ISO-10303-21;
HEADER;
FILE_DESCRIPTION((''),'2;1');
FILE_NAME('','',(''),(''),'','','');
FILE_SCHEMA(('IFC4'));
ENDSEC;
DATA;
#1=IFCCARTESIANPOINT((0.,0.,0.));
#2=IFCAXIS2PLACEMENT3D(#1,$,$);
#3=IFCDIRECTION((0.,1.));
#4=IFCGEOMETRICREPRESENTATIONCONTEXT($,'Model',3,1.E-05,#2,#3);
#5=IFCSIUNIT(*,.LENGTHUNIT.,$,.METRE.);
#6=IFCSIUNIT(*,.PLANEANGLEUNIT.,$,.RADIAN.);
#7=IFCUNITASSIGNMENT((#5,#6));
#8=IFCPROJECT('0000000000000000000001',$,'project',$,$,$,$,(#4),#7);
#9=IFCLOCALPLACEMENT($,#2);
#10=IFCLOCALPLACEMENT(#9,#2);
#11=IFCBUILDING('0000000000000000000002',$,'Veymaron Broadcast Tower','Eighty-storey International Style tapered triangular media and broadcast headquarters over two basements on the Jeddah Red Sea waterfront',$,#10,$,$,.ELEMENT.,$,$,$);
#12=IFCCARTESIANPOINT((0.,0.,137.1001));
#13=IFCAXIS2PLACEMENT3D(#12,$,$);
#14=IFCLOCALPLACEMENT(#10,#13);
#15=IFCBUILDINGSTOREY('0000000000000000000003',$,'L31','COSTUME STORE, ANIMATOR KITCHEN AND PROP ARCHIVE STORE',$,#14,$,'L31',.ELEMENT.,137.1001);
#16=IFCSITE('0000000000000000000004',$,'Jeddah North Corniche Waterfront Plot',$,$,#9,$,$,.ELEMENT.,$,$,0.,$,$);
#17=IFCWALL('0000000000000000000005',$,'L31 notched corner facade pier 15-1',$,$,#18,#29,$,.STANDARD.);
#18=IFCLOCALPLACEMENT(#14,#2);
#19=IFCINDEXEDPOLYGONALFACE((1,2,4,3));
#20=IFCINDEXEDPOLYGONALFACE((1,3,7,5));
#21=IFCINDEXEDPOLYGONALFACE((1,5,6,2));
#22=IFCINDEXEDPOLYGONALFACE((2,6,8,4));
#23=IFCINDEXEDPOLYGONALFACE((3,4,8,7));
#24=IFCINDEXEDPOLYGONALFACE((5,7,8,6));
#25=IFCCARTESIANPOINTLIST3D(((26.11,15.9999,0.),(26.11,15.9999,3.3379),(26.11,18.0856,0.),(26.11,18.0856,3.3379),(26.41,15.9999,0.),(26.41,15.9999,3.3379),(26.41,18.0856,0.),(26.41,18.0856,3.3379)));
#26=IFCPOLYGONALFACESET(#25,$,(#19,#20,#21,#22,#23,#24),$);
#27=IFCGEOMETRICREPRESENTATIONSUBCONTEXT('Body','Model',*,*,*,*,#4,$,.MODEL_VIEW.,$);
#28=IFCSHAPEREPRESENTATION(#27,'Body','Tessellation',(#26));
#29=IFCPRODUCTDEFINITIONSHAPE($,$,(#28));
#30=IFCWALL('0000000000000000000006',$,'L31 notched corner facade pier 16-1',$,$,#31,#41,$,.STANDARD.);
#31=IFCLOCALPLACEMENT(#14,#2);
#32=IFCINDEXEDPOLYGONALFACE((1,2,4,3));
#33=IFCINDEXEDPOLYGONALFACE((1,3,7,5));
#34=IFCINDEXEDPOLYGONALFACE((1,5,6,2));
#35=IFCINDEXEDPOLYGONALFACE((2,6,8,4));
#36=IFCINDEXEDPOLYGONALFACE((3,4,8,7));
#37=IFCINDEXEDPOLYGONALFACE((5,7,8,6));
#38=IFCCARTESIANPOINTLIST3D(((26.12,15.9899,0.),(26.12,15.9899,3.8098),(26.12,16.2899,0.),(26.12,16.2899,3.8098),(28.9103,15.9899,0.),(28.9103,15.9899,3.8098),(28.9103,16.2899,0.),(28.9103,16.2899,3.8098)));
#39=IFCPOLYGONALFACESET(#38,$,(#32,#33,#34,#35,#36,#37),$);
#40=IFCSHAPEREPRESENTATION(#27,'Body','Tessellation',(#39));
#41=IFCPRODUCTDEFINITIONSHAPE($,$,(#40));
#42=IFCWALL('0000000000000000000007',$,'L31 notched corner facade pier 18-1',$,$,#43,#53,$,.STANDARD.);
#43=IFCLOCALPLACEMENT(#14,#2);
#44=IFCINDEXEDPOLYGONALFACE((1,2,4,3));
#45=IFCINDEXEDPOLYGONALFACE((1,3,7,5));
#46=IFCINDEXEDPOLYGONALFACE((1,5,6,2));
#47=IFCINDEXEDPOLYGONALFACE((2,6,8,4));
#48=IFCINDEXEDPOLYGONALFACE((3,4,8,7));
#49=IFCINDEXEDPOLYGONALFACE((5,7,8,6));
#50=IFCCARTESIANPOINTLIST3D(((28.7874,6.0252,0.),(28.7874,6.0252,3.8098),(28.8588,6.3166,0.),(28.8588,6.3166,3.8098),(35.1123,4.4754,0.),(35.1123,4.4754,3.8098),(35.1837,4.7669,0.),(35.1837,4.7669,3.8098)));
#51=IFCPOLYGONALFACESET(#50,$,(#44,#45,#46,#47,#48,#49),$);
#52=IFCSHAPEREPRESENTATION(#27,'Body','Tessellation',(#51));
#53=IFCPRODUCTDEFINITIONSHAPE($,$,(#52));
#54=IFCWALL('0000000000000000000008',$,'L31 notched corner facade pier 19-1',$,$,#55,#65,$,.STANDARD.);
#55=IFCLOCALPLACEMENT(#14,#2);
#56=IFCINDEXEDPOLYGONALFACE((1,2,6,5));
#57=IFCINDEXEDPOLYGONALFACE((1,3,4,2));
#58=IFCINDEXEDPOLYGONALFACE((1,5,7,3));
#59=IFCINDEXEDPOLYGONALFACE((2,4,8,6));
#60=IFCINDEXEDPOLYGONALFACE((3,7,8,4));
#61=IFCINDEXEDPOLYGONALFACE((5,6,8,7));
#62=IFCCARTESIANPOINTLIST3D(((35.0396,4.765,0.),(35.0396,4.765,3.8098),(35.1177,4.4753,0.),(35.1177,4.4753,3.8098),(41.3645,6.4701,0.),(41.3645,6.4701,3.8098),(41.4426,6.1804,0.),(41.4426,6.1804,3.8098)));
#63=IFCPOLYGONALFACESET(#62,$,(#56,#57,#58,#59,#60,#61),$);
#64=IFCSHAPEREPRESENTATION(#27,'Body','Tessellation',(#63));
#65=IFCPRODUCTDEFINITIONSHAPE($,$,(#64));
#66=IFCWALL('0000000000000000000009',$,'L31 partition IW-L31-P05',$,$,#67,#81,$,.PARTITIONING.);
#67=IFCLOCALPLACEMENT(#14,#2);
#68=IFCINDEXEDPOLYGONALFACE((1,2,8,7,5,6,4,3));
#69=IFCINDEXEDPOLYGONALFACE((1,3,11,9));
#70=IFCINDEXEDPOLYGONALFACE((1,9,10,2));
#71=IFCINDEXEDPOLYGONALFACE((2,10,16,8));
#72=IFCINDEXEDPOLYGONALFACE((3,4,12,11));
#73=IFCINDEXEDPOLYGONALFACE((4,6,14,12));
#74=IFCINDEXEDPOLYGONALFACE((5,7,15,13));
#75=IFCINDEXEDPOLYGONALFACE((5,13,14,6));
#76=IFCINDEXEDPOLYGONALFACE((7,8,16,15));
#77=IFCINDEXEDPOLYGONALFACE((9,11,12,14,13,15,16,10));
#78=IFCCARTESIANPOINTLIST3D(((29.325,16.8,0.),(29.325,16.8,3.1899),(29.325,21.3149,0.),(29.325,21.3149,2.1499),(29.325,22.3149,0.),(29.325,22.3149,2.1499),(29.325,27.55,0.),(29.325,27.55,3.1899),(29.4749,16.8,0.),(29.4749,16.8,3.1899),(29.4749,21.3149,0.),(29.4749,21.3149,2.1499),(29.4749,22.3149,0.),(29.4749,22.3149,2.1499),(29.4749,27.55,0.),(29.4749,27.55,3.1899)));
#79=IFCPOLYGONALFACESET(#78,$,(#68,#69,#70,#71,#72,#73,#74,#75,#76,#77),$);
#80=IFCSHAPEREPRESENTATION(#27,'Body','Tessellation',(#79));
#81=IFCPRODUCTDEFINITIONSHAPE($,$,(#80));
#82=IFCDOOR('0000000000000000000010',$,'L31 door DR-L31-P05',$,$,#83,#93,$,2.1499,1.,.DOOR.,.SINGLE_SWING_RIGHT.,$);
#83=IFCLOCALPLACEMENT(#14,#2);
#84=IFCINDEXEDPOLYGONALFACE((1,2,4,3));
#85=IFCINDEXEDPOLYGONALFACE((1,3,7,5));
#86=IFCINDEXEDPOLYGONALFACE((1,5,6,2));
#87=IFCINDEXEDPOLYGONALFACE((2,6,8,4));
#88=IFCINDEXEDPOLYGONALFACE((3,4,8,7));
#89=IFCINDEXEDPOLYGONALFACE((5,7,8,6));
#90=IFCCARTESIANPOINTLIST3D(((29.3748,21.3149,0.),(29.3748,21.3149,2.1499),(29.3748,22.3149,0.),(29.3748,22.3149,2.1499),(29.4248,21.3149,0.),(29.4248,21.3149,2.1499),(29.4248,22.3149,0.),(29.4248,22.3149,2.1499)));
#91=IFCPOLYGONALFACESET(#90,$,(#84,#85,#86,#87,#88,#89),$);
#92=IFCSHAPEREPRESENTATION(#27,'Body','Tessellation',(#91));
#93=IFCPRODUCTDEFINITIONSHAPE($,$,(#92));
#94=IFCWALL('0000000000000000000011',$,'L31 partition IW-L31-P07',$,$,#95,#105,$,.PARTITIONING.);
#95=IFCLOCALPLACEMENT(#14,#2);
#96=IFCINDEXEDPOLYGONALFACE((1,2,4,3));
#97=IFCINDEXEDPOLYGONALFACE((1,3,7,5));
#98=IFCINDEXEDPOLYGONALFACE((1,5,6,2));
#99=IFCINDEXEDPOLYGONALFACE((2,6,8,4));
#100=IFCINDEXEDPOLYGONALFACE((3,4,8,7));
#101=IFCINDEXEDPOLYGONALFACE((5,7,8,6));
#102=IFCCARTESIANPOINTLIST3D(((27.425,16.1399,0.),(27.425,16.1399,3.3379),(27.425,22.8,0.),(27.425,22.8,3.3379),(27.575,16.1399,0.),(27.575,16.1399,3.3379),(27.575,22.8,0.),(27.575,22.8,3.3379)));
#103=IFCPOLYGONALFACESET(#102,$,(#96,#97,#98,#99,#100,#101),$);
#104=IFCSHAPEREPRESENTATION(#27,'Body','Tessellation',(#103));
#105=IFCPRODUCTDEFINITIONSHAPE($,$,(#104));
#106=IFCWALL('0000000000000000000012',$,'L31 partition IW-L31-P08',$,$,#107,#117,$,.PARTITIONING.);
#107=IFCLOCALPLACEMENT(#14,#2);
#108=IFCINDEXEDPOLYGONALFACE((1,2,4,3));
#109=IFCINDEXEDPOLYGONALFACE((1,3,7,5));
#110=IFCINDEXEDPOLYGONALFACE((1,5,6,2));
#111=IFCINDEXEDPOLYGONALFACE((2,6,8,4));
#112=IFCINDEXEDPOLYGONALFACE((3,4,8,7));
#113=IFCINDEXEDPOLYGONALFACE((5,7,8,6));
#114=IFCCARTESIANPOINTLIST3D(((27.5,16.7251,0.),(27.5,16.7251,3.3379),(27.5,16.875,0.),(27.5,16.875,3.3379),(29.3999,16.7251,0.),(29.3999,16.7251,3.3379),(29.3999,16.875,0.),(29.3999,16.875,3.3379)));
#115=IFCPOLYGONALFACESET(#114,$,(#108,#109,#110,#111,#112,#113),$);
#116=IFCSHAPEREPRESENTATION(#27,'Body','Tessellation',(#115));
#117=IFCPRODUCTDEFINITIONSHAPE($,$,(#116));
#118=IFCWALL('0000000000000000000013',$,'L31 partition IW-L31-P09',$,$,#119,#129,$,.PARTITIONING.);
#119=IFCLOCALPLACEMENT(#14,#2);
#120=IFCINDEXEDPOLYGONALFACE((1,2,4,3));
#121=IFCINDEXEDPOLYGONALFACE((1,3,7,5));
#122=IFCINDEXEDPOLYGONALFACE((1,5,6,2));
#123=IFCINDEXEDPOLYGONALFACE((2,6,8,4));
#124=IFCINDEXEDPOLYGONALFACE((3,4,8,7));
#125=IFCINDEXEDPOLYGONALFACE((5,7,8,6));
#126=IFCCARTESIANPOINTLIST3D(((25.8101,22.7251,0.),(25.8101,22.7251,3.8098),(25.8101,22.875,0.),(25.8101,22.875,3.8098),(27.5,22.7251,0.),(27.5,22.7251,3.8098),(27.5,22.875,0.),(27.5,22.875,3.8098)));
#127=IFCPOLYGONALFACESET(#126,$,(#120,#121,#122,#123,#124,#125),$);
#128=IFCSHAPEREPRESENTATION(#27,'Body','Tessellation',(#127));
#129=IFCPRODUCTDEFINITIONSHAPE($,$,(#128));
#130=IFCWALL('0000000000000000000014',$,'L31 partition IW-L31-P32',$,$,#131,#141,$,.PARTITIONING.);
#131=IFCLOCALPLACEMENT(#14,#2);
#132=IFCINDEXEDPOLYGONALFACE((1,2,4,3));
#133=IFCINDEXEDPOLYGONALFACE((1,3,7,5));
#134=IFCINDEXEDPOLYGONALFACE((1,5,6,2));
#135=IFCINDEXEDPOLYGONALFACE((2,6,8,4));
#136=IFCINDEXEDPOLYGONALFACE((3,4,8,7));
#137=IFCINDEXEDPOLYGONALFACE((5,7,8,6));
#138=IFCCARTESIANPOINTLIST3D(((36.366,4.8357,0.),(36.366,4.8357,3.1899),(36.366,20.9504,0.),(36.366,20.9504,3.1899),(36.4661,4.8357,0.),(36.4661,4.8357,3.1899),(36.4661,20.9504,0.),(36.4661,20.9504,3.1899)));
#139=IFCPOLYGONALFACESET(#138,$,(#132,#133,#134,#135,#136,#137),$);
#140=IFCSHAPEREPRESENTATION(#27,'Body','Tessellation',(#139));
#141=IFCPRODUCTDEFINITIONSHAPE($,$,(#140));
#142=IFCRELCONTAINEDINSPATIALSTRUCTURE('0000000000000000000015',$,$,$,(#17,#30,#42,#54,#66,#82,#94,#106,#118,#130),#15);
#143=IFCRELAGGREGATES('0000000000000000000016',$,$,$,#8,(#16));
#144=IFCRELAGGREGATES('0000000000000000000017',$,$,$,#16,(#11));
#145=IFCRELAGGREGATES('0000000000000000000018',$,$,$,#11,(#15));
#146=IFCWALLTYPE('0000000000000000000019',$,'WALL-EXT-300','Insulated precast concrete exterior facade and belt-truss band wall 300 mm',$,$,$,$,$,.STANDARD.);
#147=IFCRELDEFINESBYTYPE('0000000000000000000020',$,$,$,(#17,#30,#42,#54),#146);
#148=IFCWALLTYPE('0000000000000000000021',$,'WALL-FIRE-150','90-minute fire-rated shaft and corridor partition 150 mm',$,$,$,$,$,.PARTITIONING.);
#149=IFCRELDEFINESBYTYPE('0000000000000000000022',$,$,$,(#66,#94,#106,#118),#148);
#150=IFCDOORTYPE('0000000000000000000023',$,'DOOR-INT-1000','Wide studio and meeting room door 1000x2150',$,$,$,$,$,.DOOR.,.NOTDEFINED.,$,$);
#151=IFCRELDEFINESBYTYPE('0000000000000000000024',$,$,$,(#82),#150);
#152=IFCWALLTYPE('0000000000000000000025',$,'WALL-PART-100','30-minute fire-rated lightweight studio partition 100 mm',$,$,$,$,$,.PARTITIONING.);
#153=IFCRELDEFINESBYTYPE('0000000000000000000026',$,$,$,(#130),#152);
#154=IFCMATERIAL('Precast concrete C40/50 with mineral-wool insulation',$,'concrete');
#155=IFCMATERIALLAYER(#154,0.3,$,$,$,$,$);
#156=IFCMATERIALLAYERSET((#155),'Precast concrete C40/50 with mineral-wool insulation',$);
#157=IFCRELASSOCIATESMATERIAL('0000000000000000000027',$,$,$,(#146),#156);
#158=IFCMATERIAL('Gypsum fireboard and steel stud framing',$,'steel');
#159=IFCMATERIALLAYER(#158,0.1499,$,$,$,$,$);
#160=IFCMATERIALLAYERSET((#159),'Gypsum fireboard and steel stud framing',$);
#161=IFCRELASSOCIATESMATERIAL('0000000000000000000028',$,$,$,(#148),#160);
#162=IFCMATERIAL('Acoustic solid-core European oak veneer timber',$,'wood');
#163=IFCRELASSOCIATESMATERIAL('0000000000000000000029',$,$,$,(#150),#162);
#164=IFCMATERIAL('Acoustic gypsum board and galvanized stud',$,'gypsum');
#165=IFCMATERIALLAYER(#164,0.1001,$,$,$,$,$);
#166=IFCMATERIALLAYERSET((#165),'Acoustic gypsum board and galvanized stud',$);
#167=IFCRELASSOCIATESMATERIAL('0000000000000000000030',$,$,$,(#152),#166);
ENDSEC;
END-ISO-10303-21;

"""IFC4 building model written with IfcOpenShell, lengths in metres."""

from ifc_helpers import new_model, si_unit, direction, frame, frame_2d, origin, place, context, subcontext, project, spatial, rectangle, extrude, material, layer, layer_set, type_object, element, fill, save


model = new_model("IFC4")

# Units and contexts
model_context = context("Model", 3, precision=1e-05, world=origin(), true_north=direction((0.0, 1.0)))
body_context = subcontext(model_context, "Body", "Model", "MODEL_VIEW")
ifc_project = project(units=[si_unit("LENGTHUNIT", "METRE"), si_unit("PLANEANGLEUNIT", "RADIAN")], contexts=[model_context])

# Site, building, storey
site_placement = place(None, origin())
site = spatial("IfcSite", under=ifc_project, at=site_placement, Name="Jeddah North Corniche Waterfront Plot", CompositionType="ELEMENT", RefElevation=0.0)
building_placement = place(site_placement, origin())
building = spatial("IfcBuilding", under=site, at=building_placement, Name="Veymaron Broadcast Tower", Description="Eighty-storey International Style tapered triangular media and broadcast headquarters over two basements on the Jeddah Red Sea waterfront", CompositionType="ELEMENT")
storey_placement = place(building_placement, frame((0.0, 0.0, 137.1001)))
storey = spatial("IfcBuildingStorey", under=building, at=storey_placement, Name="L31", Description="COSTUME STORE, ANIMATOR KITCHEN AND PROP ARCHIVE STORE", LongName="L31", CompositionType="ELEMENT", Elevation=137.1001)

# Walls
ifc_material_1 = material(Name="Precast concrete C40/50 with mineral-wool insulation", Category="concrete")
ifc_layer_1 = layer(ifc_material_1, 0.3)
ifc_layer_set_1 = layer_set([ifc_layer_1], Name="Precast concrete C40/50 with mineral-wool insulation")
wall_type_1 = type_object("IfcWallType", Name="WALL-EXT-300", Description="Insulated precast concrete exterior facade and belt-truss band wall 300 mm", PredefinedType="STANDARD", material=ifc_layer_set_1)
wall_1_placement = place(storey_placement, frame((26.26, 18.0857, 0.0), z_axis=(0.0, 0.0, 1.0), x_axis=(0.0, -1.0, 0.0)))
element("IfcWall", 1, at=wall_1_placement, inside=storey, type_object=wall_type_1, Name="L31 notched corner facade pier 15-1", PredefinedType="STANDARD", context=body_context, shape_type="SweptSolid", body=[
    extrude(rectangle(XDim=2.0857, YDim=0.3, at=frame_2d((1.043, 0.0))), origin(), (0.0, 0.0, 1.0), 3.3379),
])
wall_2_placement = place(storey_placement, frame((26.1201, 16.1399, 0.0), z_axis=(0.0, 0.0, 1.0), x_axis=(1.0, 0.0, 0.0)))
element("IfcWall", 2, at=wall_2_placement, inside=storey, type_object=wall_type_1, Name="L31 notched corner facade pier 16-1", PredefinedType="STANDARD", context=body_context, shape_type="SweptSolid", body=[
    extrude(rectangle(XDim=2.7903, YDim=0.3, at=frame_2d((1.395, 0.0))), origin(), (0.0, 0.0, 1.0), 3.8098),
])
wall_3_placement = place(storey_placement, frame((28.8232, 6.1709, 0.0), z_axis=(0.0, 0.0, 1.0), x_axis=(0.971268, -0.23799, 0.0)))
element("IfcWall", 3, at=wall_3_placement, inside=storey, type_object=wall_type_1, Name="L31 notched corner facade pier 18-1", PredefinedType="STANDARD", context=body_context, shape_type="SweptSolid", body=[
    extrude(rectangle(XDim=6.512, YDim=0.3, at=frame_2d((3.2559, 0.0))), origin(), (0.0, 0.0, 1.0), 3.8098),
])
wall_4_placement = place(storey_placement, frame((35.0786, 4.6201, 0.0), z_axis=(0.0, 0.0, 1.0), x_axis=(0.965531, 0.260288, 0.0)))
element("IfcWall", 4, at=wall_4_placement, inside=storey, type_object=wall_type_1, Name="L31 notched corner facade pier 19-1", PredefinedType="STANDARD", context=body_context, shape_type="SweptSolid", body=[
    extrude(rectangle(XDim=6.5508, YDim=0.3, at=frame_2d((3.2754, 0.0))), origin(), (0.0, 0.0, 1.0), 3.8098),
])

# Wall, opening, door
ifc_material_2 = material(Name="Gypsum fireboard and steel stud framing", Category="steel")
ifc_layer_2 = layer(ifc_material_2, 0.1499)
ifc_layer_set_2 = layer_set([ifc_layer_2], Name="Gypsum fireboard and steel stud framing")
wall_type_2 = type_object("IfcWallType", Name="WALL-FIRE-150", Description="90-minute fire-rated shaft and corridor partition 150 mm", PredefinedType="PARTITIONING", material=ifc_layer_set_2)
wall_5_placement = place(storey_placement, frame((29.3999, 16.8, 0.0), z_axis=(0.0, 0.0, 1.0), x_axis=(0.0, 1.0, 0.0)))
wall_5 = element("IfcWall", 5, at=wall_5_placement, inside=storey, type_object=wall_type_2, Name="L31 partition IW-L31-P05", PredefinedType="PARTITIONING", context=body_context, shape_type="SweptSolid", body=[
    extrude(rectangle(XDim=10.75, YDim=0.1499, at=frame_2d((5.375, 0.0))), origin(), (0.0, 0.0, 1.0), 3.1899),
])
opening_placement = place(wall_5_placement, frame((4.5149, 0.0, 0.0)))
opening = element("IfcOpeningElement", 6, at=opening_placement, cuts=wall_5, PredefinedType="OPENING", context=body_context, shape_type="SweptSolid", body=[
    extrude(rectangle(XDim=1.0, YDim=2.1499, at=frame_2d((0.5, 1.075))), frame((0.0, 0.085, 0.0), z_axis=(0.0, -1.0, 0.0), x_axis=(1.0, 0.0, 0.0)), (0.0, 0.0, 1.0), 0.1699),
])
ifc_material_3 = material(Name="Acoustic solid-core European oak veneer timber", Category="wood")
door_type = type_object("IfcDoorType", Name="DOOR-INT-1000", Description="Wide studio and meeting room door 1000x2150", OperationType="NOTDEFINED", PredefinedType="DOOR", material=ifc_material_3)
door_placement = place(opening_placement, frame((1.0, 0.0, 0.0), z_axis=(0.0, 0.0, 1.0), x_axis=(-1.0, 0.0, 0.0)))
door = element("IfcDoor", 7, at=door_placement, inside=storey, type_object=door_type, Name="L31 door DR-L31-P05", OperationType="SINGLE_SWING_RIGHT", OverallHeight=2.1499, OverallWidth=1.0, PredefinedType="DOOR", context=body_context, shape_type="SweptSolid", body=[
    extrude(rectangle(XDim=1.0, YDim=2.1499, at=frame_2d((0.5, 1.075))), frame((0.0, 0.0249, 0.0), z_axis=(0.0, -1.0, 0.0), x_axis=(1.0, 0.0, 0.0)), (0.0, 0.0, 1.0), 0.05),
])
fill(opening, door)

# Walls
wall_6_placement = place(storey_placement, frame((27.5, 16.1399, 0.0), z_axis=(0.0, 0.0, 1.0), x_axis=(0.0, 1.0, 0.0)))
element("IfcWall", 8, at=wall_6_placement, inside=storey, type_object=wall_type_2, Name="L31 partition IW-L31-P07", PredefinedType="PARTITIONING", context=body_context, shape_type="SweptSolid", body=[
    extrude(rectangle(XDim=6.6602, YDim=0.1499, at=frame_2d((3.3301, 0.0))), origin(), (0.0, 0.0, 1.0), 3.3379),
])
wall_7_placement = place(storey_placement, frame((27.5, 16.8, 0.0), z_axis=(0.0, 0.0, 1.0), x_axis=(1.0, 0.0, 0.0)))
element("IfcWall", 9, at=wall_7_placement, inside=storey, type_object=wall_type_2, Name="L31 partition IW-L31-P08", PredefinedType="PARTITIONING", context=body_context, shape_type="SweptSolid", body=[
    extrude(rectangle(XDim=1.8999, YDim=0.1499, at=frame_2d((0.95, 0.0))), origin(), (0.0, 0.0, 1.0), 3.3379),
])
wall_8_placement = place(storey_placement, frame((25.8101, 22.8, 0.0), z_axis=(0.0, 0.0, 1.0), x_axis=(1.0, 0.0, 0.0)))
element("IfcWall", 10, at=wall_8_placement, inside=storey, type_object=wall_type_2, Name="L31 partition IW-L31-P09", PredefinedType="PARTITIONING", context=body_context, shape_type="SweptSolid", body=[
    extrude(rectangle(XDim=1.6899, YDim=0.1499, at=frame_2d((0.845, 0.0))), origin(), (0.0, 0.0, 1.0), 3.8098),
])
ifc_material_4 = material(Name="Acoustic gypsum board and galvanized stud", Category="gypsum")
ifc_layer_3 = layer(ifc_material_4, 0.1001)
ifc_layer_set_3 = layer_set([ifc_layer_3], Name="Acoustic gypsum board and galvanized stud")
wall_type_3 = type_object("IfcWallType", Name="WALL-PART-100", Description="30-minute fire-rated lightweight studio partition 100 mm", PredefinedType="PARTITIONING", material=ifc_layer_set_3)
wall_9_placement = place(storey_placement, frame((36.416, 4.8357, 0.0), z_axis=(0.0, 0.0, 1.0), x_axis=(0.0, 1.0, 0.0)))
element("IfcWall", 11, at=wall_9_placement, inside=storey, type_object=wall_type_3, Name="L31 partition IW-L31-P32", PredefinedType="PARTITIONING", context=body_context, shape_type="SweptSolid", body=[
    extrude(rectangle(XDim=16.1147, YDim=0.1001, at=frame_2d((8.0574, 0.0))), origin(), (0.0, 0.0, 1.0), 3.1899),
])

save(model, "model.ifc")
